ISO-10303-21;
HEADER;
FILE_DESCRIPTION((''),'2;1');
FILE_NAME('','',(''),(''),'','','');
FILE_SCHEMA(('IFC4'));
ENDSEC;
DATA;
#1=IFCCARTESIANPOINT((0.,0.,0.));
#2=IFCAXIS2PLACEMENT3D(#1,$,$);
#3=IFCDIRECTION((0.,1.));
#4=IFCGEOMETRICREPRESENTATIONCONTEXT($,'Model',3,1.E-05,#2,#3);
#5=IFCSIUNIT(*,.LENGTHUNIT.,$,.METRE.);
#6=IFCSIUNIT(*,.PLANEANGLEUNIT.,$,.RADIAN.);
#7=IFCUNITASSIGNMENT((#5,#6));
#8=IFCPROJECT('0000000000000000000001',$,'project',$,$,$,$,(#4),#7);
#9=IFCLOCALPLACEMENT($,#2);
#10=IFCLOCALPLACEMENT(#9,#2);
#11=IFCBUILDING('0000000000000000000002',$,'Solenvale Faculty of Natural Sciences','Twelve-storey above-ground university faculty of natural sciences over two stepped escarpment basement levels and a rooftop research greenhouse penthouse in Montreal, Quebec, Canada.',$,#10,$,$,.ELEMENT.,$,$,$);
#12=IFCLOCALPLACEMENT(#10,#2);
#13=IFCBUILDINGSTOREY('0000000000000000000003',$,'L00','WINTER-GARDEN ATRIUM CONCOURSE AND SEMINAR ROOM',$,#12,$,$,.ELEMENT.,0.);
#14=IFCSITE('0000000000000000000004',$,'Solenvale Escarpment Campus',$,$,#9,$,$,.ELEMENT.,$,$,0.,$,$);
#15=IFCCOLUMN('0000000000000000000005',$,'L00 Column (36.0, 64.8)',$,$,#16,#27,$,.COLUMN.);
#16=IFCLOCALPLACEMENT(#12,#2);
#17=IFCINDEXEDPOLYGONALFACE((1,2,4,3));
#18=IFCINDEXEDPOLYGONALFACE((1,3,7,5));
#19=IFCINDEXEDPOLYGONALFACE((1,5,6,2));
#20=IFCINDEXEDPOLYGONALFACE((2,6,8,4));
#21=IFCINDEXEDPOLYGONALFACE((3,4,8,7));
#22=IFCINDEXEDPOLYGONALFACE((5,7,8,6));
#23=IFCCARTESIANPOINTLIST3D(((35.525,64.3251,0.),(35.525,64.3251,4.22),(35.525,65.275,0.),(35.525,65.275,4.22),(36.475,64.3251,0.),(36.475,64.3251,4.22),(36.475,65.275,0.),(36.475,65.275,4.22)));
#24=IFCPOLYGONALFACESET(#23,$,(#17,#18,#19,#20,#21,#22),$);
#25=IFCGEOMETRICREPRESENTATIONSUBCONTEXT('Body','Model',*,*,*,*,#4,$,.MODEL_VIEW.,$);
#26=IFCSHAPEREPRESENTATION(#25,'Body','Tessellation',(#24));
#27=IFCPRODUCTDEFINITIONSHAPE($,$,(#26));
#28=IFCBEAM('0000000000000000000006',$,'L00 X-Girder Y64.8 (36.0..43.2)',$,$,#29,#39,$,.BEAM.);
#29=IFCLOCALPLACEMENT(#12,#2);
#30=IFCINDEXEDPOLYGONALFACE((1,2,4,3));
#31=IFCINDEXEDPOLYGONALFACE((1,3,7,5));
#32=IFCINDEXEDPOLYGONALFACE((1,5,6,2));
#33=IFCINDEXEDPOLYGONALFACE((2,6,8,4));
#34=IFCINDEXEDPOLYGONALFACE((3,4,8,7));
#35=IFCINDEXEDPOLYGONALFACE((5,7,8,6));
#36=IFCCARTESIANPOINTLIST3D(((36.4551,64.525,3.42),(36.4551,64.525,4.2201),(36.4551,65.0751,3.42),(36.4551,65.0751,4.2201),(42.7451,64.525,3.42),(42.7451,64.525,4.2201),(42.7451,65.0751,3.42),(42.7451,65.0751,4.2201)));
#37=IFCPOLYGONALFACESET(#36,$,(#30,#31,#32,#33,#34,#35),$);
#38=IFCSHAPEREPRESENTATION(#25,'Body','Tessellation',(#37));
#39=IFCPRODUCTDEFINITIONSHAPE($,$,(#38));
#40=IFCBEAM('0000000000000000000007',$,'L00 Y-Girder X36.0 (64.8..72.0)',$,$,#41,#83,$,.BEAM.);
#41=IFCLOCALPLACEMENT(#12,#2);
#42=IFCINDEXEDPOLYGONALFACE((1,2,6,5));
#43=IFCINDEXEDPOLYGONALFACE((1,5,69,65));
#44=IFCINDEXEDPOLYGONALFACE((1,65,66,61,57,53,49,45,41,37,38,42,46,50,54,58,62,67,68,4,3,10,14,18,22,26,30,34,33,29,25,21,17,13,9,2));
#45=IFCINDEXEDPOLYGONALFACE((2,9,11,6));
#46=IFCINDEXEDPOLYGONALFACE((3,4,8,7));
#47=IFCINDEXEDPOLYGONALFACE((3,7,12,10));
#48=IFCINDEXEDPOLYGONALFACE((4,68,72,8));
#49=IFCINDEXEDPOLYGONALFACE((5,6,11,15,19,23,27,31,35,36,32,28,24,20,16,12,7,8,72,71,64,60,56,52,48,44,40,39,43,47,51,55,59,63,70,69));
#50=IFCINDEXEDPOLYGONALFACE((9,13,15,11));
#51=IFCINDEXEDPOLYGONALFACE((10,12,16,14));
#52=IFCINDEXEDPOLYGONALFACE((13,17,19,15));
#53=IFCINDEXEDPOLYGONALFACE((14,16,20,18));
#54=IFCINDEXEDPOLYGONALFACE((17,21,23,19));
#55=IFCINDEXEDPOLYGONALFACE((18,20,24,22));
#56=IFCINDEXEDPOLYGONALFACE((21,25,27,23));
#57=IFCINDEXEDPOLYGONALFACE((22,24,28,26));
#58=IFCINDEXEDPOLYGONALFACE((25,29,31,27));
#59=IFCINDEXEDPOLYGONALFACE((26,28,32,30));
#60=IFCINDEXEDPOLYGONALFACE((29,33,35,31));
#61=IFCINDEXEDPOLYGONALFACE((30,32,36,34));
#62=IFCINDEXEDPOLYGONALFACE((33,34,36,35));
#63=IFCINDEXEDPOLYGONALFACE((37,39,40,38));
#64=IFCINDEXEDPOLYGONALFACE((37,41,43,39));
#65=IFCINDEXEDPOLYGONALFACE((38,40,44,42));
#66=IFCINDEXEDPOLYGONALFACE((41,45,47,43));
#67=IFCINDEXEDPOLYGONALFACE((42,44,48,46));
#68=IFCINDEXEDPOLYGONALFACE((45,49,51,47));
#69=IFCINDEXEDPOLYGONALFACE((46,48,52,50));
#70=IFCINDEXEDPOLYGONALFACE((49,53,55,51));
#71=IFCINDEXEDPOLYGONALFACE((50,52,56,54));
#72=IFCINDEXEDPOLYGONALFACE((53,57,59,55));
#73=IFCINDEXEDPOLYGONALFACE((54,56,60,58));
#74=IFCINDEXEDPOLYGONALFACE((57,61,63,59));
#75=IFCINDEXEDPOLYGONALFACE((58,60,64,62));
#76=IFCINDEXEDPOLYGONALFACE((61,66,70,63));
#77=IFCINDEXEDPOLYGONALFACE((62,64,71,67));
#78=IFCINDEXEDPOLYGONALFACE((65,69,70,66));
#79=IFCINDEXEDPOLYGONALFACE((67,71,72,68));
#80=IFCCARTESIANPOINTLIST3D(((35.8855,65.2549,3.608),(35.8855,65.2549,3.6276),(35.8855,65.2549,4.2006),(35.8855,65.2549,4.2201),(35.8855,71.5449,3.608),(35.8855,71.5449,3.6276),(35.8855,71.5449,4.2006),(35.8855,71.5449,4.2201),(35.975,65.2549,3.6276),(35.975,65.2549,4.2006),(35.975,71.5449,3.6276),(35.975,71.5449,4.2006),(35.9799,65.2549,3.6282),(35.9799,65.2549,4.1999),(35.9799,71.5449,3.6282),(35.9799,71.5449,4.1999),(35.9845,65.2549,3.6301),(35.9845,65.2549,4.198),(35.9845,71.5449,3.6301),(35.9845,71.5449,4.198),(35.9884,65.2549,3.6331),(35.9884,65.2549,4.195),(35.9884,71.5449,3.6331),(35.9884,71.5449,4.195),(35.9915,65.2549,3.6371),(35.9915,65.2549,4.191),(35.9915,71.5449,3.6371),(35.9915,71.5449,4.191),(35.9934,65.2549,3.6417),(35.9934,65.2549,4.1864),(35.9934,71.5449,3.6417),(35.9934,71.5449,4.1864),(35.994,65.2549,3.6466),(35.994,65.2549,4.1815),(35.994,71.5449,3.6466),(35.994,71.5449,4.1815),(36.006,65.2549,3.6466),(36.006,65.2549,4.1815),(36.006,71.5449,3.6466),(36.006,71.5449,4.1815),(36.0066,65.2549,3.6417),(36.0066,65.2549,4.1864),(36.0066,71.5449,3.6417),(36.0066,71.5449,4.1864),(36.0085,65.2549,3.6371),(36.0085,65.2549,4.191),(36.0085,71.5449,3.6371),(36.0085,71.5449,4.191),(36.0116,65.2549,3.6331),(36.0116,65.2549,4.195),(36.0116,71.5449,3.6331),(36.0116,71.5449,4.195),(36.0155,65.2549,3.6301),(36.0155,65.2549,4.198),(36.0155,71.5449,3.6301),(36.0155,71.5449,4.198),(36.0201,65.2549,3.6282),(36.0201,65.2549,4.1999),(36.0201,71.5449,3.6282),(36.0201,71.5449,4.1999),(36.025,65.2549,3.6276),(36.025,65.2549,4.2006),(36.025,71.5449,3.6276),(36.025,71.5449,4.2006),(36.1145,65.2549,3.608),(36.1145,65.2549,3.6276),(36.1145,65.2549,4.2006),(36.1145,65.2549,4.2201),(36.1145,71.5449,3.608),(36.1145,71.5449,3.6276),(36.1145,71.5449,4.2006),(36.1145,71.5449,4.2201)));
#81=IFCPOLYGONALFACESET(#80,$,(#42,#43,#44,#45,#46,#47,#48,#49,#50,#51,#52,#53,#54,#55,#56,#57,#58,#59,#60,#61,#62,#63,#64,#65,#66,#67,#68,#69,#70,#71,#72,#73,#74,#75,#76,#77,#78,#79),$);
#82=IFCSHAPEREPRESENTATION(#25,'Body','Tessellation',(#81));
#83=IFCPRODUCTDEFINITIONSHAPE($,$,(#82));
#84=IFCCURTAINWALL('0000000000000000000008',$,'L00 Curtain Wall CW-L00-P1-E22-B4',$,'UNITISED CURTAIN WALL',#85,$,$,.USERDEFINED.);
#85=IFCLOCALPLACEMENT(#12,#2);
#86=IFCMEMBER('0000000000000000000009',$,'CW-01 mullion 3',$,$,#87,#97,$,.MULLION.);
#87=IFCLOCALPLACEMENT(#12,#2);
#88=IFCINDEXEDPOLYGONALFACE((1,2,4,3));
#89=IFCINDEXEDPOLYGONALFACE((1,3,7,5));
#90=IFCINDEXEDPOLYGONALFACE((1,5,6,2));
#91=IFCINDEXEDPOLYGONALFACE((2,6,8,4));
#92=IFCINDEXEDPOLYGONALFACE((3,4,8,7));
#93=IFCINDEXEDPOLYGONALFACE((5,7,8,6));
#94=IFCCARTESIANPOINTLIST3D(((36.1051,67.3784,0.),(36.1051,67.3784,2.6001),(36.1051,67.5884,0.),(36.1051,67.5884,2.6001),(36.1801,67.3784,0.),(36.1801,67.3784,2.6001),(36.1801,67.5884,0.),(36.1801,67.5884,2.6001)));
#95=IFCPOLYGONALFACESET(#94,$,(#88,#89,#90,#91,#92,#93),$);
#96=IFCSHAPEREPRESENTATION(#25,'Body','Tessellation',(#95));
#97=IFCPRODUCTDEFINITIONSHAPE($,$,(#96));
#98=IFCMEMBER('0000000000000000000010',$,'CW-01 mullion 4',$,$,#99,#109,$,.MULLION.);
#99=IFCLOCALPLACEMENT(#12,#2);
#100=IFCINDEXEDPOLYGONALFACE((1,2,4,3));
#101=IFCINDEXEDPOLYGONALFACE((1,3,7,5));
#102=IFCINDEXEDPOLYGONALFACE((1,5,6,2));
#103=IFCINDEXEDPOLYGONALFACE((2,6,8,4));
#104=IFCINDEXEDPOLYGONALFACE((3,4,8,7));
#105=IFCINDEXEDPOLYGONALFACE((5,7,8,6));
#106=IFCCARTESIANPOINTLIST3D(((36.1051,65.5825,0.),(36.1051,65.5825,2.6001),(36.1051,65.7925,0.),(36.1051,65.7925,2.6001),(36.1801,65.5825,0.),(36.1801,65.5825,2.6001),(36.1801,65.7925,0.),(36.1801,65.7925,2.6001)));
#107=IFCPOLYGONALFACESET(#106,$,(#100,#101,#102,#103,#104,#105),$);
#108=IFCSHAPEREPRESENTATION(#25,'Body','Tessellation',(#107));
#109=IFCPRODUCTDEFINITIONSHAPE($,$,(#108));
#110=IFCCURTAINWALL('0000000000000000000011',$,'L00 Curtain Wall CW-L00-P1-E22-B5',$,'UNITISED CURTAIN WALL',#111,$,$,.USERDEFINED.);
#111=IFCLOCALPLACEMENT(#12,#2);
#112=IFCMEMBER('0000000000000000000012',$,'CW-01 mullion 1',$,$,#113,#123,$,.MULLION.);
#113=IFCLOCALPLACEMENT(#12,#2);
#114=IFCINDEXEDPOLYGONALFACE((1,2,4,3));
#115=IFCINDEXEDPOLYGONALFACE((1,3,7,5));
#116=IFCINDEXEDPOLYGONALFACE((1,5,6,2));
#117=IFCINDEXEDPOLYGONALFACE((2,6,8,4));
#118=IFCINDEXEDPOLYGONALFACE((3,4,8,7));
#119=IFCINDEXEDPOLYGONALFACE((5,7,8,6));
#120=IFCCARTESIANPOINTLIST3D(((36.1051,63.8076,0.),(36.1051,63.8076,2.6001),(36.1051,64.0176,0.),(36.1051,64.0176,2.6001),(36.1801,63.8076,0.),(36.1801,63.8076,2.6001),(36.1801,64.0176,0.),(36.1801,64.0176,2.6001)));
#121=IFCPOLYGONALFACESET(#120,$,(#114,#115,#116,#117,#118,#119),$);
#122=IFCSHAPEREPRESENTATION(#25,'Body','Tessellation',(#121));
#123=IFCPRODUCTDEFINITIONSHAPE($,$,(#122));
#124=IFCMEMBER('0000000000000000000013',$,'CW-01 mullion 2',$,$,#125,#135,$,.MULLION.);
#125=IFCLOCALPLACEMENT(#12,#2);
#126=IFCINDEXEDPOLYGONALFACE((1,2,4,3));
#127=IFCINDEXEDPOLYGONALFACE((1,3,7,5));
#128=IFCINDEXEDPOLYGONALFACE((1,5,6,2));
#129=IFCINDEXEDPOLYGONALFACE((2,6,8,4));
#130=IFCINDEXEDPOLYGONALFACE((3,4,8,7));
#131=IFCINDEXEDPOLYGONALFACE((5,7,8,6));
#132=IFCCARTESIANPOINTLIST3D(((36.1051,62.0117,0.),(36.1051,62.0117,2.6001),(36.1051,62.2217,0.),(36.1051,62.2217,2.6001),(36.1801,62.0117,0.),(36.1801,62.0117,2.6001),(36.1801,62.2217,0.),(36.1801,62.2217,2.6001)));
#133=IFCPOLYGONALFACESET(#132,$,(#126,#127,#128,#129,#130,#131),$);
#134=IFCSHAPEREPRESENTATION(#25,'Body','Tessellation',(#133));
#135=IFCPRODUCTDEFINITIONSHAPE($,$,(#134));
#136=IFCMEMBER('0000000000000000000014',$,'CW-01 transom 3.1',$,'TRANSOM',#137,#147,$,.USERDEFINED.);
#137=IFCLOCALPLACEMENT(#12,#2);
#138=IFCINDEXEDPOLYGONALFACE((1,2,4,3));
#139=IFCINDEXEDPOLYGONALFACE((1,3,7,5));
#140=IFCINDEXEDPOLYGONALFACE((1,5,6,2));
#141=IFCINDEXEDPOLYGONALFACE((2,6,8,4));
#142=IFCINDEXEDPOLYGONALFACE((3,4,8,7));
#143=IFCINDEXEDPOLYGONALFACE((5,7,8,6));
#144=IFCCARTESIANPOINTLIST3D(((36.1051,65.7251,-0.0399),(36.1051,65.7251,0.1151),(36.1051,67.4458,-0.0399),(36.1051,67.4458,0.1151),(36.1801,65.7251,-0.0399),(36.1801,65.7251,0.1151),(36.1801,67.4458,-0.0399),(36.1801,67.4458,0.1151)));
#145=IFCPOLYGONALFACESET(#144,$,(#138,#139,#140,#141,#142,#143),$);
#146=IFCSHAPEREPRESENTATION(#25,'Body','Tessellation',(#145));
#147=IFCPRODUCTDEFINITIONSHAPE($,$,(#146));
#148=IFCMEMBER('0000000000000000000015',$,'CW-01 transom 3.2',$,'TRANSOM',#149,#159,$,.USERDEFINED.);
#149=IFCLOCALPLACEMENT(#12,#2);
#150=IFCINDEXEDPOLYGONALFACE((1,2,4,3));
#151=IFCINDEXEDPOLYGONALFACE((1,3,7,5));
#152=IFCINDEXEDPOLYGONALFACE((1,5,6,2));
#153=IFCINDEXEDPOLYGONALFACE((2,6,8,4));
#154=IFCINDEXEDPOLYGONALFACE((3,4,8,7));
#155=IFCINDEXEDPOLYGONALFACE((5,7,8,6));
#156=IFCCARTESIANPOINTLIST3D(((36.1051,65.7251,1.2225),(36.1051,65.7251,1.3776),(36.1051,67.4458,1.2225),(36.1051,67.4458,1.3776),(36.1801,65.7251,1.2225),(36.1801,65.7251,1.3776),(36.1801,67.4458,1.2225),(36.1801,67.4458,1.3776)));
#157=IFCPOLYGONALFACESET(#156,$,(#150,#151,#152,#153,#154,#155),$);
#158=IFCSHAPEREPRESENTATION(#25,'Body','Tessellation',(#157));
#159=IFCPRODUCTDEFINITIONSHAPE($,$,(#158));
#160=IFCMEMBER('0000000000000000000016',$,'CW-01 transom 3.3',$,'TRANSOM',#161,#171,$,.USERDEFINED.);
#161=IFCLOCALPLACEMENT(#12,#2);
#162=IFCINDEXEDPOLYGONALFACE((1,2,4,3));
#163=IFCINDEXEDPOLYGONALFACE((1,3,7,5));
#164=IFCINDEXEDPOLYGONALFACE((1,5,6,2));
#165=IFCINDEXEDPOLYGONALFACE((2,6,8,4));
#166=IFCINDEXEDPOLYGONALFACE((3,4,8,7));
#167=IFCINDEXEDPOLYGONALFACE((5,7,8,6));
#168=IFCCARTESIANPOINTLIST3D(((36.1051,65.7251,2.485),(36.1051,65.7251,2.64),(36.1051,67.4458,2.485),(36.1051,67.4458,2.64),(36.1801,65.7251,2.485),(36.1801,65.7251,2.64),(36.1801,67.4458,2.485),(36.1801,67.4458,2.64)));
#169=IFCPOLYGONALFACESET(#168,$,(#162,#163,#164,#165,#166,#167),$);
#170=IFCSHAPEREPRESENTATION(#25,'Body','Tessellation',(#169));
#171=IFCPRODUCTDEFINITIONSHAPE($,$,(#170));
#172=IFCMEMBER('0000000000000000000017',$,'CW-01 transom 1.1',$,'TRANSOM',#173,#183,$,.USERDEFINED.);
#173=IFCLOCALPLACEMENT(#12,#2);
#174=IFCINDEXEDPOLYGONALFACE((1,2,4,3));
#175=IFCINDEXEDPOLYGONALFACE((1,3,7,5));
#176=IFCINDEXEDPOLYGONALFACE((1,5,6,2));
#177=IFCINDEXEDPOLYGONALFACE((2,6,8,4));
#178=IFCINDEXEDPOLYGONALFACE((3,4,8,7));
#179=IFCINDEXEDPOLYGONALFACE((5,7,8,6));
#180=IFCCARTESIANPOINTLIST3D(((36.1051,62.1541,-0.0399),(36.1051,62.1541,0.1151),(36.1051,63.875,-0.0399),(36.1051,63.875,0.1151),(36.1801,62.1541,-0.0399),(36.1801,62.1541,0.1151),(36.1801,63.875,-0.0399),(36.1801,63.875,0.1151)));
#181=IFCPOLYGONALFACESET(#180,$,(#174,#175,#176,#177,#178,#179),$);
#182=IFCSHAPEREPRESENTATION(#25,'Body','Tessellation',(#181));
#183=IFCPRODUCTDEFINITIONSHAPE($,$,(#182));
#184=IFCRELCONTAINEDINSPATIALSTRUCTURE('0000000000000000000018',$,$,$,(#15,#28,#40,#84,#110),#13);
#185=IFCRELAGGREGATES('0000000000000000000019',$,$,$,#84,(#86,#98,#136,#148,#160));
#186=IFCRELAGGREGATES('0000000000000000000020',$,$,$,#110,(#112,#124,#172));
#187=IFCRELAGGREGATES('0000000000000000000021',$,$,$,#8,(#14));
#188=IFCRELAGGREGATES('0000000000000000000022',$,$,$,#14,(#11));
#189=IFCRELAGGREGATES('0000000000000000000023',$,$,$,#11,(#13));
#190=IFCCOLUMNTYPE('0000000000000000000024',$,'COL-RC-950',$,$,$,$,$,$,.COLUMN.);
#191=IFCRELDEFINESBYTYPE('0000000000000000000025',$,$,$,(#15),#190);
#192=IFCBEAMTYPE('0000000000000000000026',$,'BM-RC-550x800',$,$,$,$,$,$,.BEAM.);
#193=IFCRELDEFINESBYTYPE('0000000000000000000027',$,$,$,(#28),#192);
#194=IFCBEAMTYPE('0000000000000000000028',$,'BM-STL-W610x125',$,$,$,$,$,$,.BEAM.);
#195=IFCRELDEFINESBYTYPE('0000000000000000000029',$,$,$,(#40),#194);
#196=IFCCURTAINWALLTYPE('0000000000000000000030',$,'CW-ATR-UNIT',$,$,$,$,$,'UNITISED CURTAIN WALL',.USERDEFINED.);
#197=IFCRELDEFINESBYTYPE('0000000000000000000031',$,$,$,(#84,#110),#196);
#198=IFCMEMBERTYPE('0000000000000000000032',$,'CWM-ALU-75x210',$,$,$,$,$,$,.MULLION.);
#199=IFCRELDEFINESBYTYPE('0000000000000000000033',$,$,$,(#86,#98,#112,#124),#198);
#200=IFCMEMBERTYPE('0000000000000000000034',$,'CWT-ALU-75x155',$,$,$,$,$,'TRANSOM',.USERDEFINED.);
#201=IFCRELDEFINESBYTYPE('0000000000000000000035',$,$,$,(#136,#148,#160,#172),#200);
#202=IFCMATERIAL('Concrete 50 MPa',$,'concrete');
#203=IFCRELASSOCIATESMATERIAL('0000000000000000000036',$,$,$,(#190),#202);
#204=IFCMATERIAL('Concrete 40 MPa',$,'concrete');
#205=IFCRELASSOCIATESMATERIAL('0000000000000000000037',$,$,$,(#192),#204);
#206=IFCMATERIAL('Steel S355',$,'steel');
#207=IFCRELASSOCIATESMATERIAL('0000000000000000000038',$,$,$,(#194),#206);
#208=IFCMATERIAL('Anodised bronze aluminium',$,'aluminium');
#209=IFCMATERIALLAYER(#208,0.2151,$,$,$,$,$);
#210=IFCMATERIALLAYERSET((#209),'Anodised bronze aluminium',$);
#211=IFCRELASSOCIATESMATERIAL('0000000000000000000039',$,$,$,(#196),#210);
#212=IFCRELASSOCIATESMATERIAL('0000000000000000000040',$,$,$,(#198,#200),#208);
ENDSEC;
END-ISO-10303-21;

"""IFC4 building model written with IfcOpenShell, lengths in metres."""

from ifc_helpers import new_model, si_unit, direction, frame, origin, origin_2d, place, context, subcontext, project, spatial, rectangle, i_section, extrude, material, layer, layer_set, material_profile, profile_set, type_object, element, aggregate, save


model = new_model("IFC4")

# Units and contexts
model_context = context("Model", 3, precision=1e-05, world=origin(), true_north=direction((0.0, 1.0)))
body_context = subcontext(model_context, "Body", "Model", "MODEL_VIEW")
ifc_project = project(units=[si_unit("LENGTHUNIT", "METRE"), si_unit("PLANEANGLEUNIT", "RADIAN")], contexts=[model_context])

# Site, building, storey
site_placement = place(None, origin())
site = spatial("IfcSite", under=ifc_project, at=site_placement, Name="Solenvale Escarpment Campus", CompositionType="ELEMENT", RefElevation=0.0)
building_placement = place(site_placement, origin())
building = spatial("IfcBuilding", under=site, at=building_placement, Name="Solenvale Faculty of Natural Sciences", Description="Twelve-storey above-ground university faculty of natural sciences over two stepped escarpment basement levels and a rooftop research greenhouse penthouse in Montreal, Quebec, Canada.", CompositionType="ELEMENT")
storey_placement = place(building_placement, origin())
storey = spatial("IfcBuildingStorey", under=building, at=storey_placement, Name="L00", Description="WINTER-GARDEN ATRIUM CONCOURSE AND SEMINAR ROOM", CompositionType="ELEMENT", Elevation=0.0)

# Column
ifc_material_1 = material(Name="Concrete 50 MPa", Category="concrete")
ifc_material_profile_1 = material_profile(ifc_material_1, rectangle(XDim=0.95, YDim=0.95, at=origin_2d()), Name="RC-COL-950x950")
ifc_profile_set_1 = profile_set([ifc_material_profile_1], Name="Concrete 50 MPa")
column_type = type_object("IfcColumnType", Name="COL-RC-950", PredefinedType="COLUMN", material=ifc_profile_set_1)
column_placement = place(storey_placement, frame((36.0, 64.8, 0.0), z_axis=(0.0, 0.0, 1.0), x_axis=(1.0, 0.0, 0.0)))
element("IfcColumn", 1, at=column_placement, inside=storey, type_object=column_type, Name="L00 Column (36.0, 64.8)", PredefinedType="COLUMN", context=body_context, shape_type="SweptSolid", body=[
    extrude(rectangle(XDim=0.95, YDim=0.95, at=origin_2d()), origin(), (0.0, 0.0, 1.0), 4.22),
])

# Beams
ifc_material_2 = material(Name="Concrete 40 MPa", Category="concrete")
ifc_material_profile_2 = material_profile(ifc_material_2, rectangle(XDim=0.55, YDim=0.8, at=origin_2d()), Name="RC-BM-550x800")
ifc_profile_set_2 = profile_set([ifc_material_profile_2], Name="Concrete 40 MPa")
beam_type_1 = type_object("IfcBeamType", Name="BM-RC-550x800", PredefinedType="BEAM", material=ifc_profile_set_2)
beam_1_placement = place(storey_placement, frame((36.4551, 64.8, 3.8201), z_axis=(1.0, 0.0, 0.0), x_axis=(0.0, 1.0, 0.0)))
element("IfcBeam", 2, at=beam_1_placement, inside=storey, type_object=beam_type_1, Name="L00 X-Girder Y64.8 (36.0..43.2)", PredefinedType="BEAM", context=body_context, shape_type="SweptSolid", body=[
    extrude(rectangle(XDim=0.55, YDim=0.8, at=origin_2d()), origin(), (0.0, 0.0, 1.0), 6.29),
])
ifc_material_3 = material(Name="Steel S355", Category="steel")
ifc_material_profile_3 = material_profile(ifc_material_3, i_section(OverallWidth=0.229, OverallDepth=0.6121, WebThickness=0.012, FlangeThickness=0.0195, FilletRadius=0.019, at=origin_2d()), Name="W610x125")
ifc_profile_set_3 = profile_set([ifc_material_profile_3], Name="Steel S355")
beam_type_2 = type_object("IfcBeamType", Name="BM-STL-W610x125", PredefinedType="BEAM", material=ifc_profile_set_3)
beam_2_placement = place(storey_placement, frame((36.0, 65.2549, 3.9141), z_axis=(0.0, 1.0, 0.0), x_axis=(-1.0, 0.0, 0.0)))
element("IfcBeam", 3, at=beam_2_placement, inside=storey, type_object=beam_type_2, Name="L00 Y-Girder X36.0 (64.8..72.0)", PredefinedType="BEAM", context=body_context, shape_type="SweptSolid", body=[
    extrude(i_section(OverallWidth=0.229, OverallDepth=0.6121, WebThickness=0.012, FlangeThickness=0.0195, FilletRadius=0.019, at=origin_2d()), origin(), (0.0, 0.0, 1.0), 6.29),
])

# Curtain walls, members
ifc_material_4 = material(Name="Anodised bronze aluminium", Category="aluminium")
ifc_layer_1 = layer(ifc_material_4, 0.2151)
ifc_layer_set_1 = layer_set([ifc_layer_1], Name="Anodised bronze aluminium")
curtain_wall_type = type_object("IfcCurtainWallType", Name="CW-ATR-UNIT", ElementType="UNITISED CURTAIN WALL", PredefinedType="USERDEFINED", material=ifc_layer_set_1)
curtain_wall_1_placement = place(storey_placement, origin())
curtain_wall_1 = element("IfcCurtainWall", 4, at=curtain_wall_1_placement, inside=storey, type_object=curtain_wall_type, Name="L00 Curtain Wall CW-L00-P1-E22-B4", ObjectType="UNITISED CURTAIN WALL", PredefinedType="USERDEFINED")
ifc_material_profile_4 = material_profile(ifc_material_4, rectangle(XDim=0.075, YDim=0.21, at=origin_2d()), Name="ALU-MUL-75x210")
ifc_profile_set_4 = profile_set([ifc_material_profile_4], Name="Anodised bronze aluminium")
member_type_1 = type_object("IfcMemberType", Name="CWM-ALU-75x210", PredefinedType="MULLION", material=ifc_profile_set_4)
member_1_placement = place(storey_placement, frame((36.1426, 67.4834, 0.0), z_axis=(0.0, 0.0, 1.0), x_axis=(1.0, 0.0, 0.0)))
member_1 = element("IfcMember", 5, at=member_1_placement, type_object=member_type_1, Name="CW-01 mullion 3", PredefinedType="MULLION", context=body_context, shape_type="SweptSolid", body=[
    extrude(rectangle(XDim=0.075, YDim=0.21, at=origin_2d()), origin(), (0.0, 0.0, 1.0), 2.6001),
])
member_2_placement = place(storey_placement, frame((36.1426, 65.6875, 0.0), z_axis=(0.0, 0.0, 1.0), x_axis=(1.0, 0.0, 0.0)))
member_2 = element("IfcMember", 6, at=member_2_placement, type_object=member_type_1, Name="CW-01 mullion 4", PredefinedType="MULLION", context=body_context, shape_type="SweptSolid", body=[
    extrude(rectangle(XDim=0.075, YDim=0.21, at=origin_2d()), origin(), (0.0, 0.0, 1.0), 2.6001),
])
curtain_wall_2_placement = place(storey_placement, origin())
curtain_wall_2 = element("IfcCurtainWall", 7, at=curtain_wall_2_placement, inside=storey, type_object=curtain_wall_type, Name="L00 Curtain Wall CW-L00-P1-E22-B5", ObjectType="UNITISED CURTAIN WALL", PredefinedType="USERDEFINED")
member_3_placement = place(storey_placement, frame((36.1426, 63.9126, 0.0), z_axis=(0.0, 0.0, 1.0), x_axis=(1.0, 0.0, 0.0)))
member_3 = element("IfcMember", 8, at=member_3_placement, type_object=member_type_1, Name="CW-01 mullion 1", PredefinedType="MULLION", context=body_context, shape_type="SweptSolid", body=[
    extrude(rectangle(XDim=0.075, YDim=0.21, at=origin_2d()), origin(), (0.0, 0.0, 1.0), 2.6001),
])
member_4_placement = place(storey_placement, frame((36.1426, 62.1167, 0.0), z_axis=(0.0, 0.0, 1.0), x_axis=(1.0, 0.0, 0.0)))
member_4 = element("IfcMember", 9, at=member_4_placement, type_object=member_type_1, Name="CW-01 mullion 2", PredefinedType="MULLION", context=body_context, shape_type="SweptSolid", body=[
    extrude(rectangle(XDim=0.075, YDim=0.21, at=origin_2d()), origin(), (0.0, 0.0, 1.0), 2.6001),
])

# Members
ifc_material_profile_5 = material_profile(ifc_material_4, rectangle(XDim=0.075, YDim=0.155, at=origin_2d()), Name="ALU-TRN-75x155")
ifc_profile_set_5 = profile_set([ifc_material_profile_5], Name="Anodised bronze aluminium")
member_type_2 = type_object("IfcMemberType", Name="CWT-ALU-75x155", ElementType="TRANSOM", PredefinedType="USERDEFINED", material=ifc_profile_set_5)
member_5_placement = place(storey_placement, frame((36.1426, 67.4458, 0.0376), z_axis=(0.0, -1.0, 0.0), x_axis=(1.0, 0.0, 0.0)))
member_5 = element("IfcMember", 10, at=member_5_placement, type_object=member_type_2, Name="CW-01 transom 3.1", ObjectType="TRANSOM", PredefinedType="USERDEFINED", context=body_context, shape_type="SweptSolid", body=[
    extrude(rectangle(XDim=0.075, YDim=0.155, at=origin_2d()), origin(), (0.0, 0.0, 1.0), 1.7207),
])
member_6_placement = place(storey_placement, frame((36.1426, 67.4458, 1.3), z_axis=(0.0, -1.0, 0.0), x_axis=(1.0, 0.0, 0.0)))
member_6 = element("IfcMember", 11, at=member_6_placement, type_object=member_type_2, Name="CW-01 transom 3.2", ObjectType="TRANSOM", PredefinedType="USERDEFINED", context=body_context, shape_type="SweptSolid", body=[
    extrude(rectangle(XDim=0.075, YDim=0.155, at=origin_2d()), origin(), (0.0, 0.0, 1.0), 1.7207),
])
member_7_placement = place(storey_placement, frame((36.1426, 67.4458, 2.5625), z_axis=(0.0, -1.0, 0.0), x_axis=(1.0, 0.0, 0.0)))
member_7 = element("IfcMember", 12, at=member_7_placement, type_object=member_type_2, Name="CW-01 transom 3.3", ObjectType="TRANSOM", PredefinedType="USERDEFINED", context=body_context, shape_type="SweptSolid", body=[
    extrude(rectangle(XDim=0.075, YDim=0.155, at=origin_2d()), origin(), (0.0, 0.0, 1.0), 1.7207),
])
member_8_placement = place(storey_placement, frame((36.1426, 63.875, 0.0376), z_axis=(0.0, -1.0, 0.0), x_axis=(1.0, 0.0, 0.0)))
member_8 = element("IfcMember", 13, at=member_8_placement, type_object=member_type_2, Name="CW-01 transom 1.1", ObjectType="TRANSOM", PredefinedType="USERDEFINED", context=body_context, shape_type="SweptSolid", body=[
    extrude(rectangle(XDim=0.075, YDim=0.155, at=origin_2d()), origin(), (0.0, 0.0, 1.0), 1.7209),
])

aggregate(curtain_wall_1, [member_1, member_2, member_5, member_6, member_7])
aggregate(curtain_wall_2, [member_3, member_4, member_8])

save(model, "model.ifc")
